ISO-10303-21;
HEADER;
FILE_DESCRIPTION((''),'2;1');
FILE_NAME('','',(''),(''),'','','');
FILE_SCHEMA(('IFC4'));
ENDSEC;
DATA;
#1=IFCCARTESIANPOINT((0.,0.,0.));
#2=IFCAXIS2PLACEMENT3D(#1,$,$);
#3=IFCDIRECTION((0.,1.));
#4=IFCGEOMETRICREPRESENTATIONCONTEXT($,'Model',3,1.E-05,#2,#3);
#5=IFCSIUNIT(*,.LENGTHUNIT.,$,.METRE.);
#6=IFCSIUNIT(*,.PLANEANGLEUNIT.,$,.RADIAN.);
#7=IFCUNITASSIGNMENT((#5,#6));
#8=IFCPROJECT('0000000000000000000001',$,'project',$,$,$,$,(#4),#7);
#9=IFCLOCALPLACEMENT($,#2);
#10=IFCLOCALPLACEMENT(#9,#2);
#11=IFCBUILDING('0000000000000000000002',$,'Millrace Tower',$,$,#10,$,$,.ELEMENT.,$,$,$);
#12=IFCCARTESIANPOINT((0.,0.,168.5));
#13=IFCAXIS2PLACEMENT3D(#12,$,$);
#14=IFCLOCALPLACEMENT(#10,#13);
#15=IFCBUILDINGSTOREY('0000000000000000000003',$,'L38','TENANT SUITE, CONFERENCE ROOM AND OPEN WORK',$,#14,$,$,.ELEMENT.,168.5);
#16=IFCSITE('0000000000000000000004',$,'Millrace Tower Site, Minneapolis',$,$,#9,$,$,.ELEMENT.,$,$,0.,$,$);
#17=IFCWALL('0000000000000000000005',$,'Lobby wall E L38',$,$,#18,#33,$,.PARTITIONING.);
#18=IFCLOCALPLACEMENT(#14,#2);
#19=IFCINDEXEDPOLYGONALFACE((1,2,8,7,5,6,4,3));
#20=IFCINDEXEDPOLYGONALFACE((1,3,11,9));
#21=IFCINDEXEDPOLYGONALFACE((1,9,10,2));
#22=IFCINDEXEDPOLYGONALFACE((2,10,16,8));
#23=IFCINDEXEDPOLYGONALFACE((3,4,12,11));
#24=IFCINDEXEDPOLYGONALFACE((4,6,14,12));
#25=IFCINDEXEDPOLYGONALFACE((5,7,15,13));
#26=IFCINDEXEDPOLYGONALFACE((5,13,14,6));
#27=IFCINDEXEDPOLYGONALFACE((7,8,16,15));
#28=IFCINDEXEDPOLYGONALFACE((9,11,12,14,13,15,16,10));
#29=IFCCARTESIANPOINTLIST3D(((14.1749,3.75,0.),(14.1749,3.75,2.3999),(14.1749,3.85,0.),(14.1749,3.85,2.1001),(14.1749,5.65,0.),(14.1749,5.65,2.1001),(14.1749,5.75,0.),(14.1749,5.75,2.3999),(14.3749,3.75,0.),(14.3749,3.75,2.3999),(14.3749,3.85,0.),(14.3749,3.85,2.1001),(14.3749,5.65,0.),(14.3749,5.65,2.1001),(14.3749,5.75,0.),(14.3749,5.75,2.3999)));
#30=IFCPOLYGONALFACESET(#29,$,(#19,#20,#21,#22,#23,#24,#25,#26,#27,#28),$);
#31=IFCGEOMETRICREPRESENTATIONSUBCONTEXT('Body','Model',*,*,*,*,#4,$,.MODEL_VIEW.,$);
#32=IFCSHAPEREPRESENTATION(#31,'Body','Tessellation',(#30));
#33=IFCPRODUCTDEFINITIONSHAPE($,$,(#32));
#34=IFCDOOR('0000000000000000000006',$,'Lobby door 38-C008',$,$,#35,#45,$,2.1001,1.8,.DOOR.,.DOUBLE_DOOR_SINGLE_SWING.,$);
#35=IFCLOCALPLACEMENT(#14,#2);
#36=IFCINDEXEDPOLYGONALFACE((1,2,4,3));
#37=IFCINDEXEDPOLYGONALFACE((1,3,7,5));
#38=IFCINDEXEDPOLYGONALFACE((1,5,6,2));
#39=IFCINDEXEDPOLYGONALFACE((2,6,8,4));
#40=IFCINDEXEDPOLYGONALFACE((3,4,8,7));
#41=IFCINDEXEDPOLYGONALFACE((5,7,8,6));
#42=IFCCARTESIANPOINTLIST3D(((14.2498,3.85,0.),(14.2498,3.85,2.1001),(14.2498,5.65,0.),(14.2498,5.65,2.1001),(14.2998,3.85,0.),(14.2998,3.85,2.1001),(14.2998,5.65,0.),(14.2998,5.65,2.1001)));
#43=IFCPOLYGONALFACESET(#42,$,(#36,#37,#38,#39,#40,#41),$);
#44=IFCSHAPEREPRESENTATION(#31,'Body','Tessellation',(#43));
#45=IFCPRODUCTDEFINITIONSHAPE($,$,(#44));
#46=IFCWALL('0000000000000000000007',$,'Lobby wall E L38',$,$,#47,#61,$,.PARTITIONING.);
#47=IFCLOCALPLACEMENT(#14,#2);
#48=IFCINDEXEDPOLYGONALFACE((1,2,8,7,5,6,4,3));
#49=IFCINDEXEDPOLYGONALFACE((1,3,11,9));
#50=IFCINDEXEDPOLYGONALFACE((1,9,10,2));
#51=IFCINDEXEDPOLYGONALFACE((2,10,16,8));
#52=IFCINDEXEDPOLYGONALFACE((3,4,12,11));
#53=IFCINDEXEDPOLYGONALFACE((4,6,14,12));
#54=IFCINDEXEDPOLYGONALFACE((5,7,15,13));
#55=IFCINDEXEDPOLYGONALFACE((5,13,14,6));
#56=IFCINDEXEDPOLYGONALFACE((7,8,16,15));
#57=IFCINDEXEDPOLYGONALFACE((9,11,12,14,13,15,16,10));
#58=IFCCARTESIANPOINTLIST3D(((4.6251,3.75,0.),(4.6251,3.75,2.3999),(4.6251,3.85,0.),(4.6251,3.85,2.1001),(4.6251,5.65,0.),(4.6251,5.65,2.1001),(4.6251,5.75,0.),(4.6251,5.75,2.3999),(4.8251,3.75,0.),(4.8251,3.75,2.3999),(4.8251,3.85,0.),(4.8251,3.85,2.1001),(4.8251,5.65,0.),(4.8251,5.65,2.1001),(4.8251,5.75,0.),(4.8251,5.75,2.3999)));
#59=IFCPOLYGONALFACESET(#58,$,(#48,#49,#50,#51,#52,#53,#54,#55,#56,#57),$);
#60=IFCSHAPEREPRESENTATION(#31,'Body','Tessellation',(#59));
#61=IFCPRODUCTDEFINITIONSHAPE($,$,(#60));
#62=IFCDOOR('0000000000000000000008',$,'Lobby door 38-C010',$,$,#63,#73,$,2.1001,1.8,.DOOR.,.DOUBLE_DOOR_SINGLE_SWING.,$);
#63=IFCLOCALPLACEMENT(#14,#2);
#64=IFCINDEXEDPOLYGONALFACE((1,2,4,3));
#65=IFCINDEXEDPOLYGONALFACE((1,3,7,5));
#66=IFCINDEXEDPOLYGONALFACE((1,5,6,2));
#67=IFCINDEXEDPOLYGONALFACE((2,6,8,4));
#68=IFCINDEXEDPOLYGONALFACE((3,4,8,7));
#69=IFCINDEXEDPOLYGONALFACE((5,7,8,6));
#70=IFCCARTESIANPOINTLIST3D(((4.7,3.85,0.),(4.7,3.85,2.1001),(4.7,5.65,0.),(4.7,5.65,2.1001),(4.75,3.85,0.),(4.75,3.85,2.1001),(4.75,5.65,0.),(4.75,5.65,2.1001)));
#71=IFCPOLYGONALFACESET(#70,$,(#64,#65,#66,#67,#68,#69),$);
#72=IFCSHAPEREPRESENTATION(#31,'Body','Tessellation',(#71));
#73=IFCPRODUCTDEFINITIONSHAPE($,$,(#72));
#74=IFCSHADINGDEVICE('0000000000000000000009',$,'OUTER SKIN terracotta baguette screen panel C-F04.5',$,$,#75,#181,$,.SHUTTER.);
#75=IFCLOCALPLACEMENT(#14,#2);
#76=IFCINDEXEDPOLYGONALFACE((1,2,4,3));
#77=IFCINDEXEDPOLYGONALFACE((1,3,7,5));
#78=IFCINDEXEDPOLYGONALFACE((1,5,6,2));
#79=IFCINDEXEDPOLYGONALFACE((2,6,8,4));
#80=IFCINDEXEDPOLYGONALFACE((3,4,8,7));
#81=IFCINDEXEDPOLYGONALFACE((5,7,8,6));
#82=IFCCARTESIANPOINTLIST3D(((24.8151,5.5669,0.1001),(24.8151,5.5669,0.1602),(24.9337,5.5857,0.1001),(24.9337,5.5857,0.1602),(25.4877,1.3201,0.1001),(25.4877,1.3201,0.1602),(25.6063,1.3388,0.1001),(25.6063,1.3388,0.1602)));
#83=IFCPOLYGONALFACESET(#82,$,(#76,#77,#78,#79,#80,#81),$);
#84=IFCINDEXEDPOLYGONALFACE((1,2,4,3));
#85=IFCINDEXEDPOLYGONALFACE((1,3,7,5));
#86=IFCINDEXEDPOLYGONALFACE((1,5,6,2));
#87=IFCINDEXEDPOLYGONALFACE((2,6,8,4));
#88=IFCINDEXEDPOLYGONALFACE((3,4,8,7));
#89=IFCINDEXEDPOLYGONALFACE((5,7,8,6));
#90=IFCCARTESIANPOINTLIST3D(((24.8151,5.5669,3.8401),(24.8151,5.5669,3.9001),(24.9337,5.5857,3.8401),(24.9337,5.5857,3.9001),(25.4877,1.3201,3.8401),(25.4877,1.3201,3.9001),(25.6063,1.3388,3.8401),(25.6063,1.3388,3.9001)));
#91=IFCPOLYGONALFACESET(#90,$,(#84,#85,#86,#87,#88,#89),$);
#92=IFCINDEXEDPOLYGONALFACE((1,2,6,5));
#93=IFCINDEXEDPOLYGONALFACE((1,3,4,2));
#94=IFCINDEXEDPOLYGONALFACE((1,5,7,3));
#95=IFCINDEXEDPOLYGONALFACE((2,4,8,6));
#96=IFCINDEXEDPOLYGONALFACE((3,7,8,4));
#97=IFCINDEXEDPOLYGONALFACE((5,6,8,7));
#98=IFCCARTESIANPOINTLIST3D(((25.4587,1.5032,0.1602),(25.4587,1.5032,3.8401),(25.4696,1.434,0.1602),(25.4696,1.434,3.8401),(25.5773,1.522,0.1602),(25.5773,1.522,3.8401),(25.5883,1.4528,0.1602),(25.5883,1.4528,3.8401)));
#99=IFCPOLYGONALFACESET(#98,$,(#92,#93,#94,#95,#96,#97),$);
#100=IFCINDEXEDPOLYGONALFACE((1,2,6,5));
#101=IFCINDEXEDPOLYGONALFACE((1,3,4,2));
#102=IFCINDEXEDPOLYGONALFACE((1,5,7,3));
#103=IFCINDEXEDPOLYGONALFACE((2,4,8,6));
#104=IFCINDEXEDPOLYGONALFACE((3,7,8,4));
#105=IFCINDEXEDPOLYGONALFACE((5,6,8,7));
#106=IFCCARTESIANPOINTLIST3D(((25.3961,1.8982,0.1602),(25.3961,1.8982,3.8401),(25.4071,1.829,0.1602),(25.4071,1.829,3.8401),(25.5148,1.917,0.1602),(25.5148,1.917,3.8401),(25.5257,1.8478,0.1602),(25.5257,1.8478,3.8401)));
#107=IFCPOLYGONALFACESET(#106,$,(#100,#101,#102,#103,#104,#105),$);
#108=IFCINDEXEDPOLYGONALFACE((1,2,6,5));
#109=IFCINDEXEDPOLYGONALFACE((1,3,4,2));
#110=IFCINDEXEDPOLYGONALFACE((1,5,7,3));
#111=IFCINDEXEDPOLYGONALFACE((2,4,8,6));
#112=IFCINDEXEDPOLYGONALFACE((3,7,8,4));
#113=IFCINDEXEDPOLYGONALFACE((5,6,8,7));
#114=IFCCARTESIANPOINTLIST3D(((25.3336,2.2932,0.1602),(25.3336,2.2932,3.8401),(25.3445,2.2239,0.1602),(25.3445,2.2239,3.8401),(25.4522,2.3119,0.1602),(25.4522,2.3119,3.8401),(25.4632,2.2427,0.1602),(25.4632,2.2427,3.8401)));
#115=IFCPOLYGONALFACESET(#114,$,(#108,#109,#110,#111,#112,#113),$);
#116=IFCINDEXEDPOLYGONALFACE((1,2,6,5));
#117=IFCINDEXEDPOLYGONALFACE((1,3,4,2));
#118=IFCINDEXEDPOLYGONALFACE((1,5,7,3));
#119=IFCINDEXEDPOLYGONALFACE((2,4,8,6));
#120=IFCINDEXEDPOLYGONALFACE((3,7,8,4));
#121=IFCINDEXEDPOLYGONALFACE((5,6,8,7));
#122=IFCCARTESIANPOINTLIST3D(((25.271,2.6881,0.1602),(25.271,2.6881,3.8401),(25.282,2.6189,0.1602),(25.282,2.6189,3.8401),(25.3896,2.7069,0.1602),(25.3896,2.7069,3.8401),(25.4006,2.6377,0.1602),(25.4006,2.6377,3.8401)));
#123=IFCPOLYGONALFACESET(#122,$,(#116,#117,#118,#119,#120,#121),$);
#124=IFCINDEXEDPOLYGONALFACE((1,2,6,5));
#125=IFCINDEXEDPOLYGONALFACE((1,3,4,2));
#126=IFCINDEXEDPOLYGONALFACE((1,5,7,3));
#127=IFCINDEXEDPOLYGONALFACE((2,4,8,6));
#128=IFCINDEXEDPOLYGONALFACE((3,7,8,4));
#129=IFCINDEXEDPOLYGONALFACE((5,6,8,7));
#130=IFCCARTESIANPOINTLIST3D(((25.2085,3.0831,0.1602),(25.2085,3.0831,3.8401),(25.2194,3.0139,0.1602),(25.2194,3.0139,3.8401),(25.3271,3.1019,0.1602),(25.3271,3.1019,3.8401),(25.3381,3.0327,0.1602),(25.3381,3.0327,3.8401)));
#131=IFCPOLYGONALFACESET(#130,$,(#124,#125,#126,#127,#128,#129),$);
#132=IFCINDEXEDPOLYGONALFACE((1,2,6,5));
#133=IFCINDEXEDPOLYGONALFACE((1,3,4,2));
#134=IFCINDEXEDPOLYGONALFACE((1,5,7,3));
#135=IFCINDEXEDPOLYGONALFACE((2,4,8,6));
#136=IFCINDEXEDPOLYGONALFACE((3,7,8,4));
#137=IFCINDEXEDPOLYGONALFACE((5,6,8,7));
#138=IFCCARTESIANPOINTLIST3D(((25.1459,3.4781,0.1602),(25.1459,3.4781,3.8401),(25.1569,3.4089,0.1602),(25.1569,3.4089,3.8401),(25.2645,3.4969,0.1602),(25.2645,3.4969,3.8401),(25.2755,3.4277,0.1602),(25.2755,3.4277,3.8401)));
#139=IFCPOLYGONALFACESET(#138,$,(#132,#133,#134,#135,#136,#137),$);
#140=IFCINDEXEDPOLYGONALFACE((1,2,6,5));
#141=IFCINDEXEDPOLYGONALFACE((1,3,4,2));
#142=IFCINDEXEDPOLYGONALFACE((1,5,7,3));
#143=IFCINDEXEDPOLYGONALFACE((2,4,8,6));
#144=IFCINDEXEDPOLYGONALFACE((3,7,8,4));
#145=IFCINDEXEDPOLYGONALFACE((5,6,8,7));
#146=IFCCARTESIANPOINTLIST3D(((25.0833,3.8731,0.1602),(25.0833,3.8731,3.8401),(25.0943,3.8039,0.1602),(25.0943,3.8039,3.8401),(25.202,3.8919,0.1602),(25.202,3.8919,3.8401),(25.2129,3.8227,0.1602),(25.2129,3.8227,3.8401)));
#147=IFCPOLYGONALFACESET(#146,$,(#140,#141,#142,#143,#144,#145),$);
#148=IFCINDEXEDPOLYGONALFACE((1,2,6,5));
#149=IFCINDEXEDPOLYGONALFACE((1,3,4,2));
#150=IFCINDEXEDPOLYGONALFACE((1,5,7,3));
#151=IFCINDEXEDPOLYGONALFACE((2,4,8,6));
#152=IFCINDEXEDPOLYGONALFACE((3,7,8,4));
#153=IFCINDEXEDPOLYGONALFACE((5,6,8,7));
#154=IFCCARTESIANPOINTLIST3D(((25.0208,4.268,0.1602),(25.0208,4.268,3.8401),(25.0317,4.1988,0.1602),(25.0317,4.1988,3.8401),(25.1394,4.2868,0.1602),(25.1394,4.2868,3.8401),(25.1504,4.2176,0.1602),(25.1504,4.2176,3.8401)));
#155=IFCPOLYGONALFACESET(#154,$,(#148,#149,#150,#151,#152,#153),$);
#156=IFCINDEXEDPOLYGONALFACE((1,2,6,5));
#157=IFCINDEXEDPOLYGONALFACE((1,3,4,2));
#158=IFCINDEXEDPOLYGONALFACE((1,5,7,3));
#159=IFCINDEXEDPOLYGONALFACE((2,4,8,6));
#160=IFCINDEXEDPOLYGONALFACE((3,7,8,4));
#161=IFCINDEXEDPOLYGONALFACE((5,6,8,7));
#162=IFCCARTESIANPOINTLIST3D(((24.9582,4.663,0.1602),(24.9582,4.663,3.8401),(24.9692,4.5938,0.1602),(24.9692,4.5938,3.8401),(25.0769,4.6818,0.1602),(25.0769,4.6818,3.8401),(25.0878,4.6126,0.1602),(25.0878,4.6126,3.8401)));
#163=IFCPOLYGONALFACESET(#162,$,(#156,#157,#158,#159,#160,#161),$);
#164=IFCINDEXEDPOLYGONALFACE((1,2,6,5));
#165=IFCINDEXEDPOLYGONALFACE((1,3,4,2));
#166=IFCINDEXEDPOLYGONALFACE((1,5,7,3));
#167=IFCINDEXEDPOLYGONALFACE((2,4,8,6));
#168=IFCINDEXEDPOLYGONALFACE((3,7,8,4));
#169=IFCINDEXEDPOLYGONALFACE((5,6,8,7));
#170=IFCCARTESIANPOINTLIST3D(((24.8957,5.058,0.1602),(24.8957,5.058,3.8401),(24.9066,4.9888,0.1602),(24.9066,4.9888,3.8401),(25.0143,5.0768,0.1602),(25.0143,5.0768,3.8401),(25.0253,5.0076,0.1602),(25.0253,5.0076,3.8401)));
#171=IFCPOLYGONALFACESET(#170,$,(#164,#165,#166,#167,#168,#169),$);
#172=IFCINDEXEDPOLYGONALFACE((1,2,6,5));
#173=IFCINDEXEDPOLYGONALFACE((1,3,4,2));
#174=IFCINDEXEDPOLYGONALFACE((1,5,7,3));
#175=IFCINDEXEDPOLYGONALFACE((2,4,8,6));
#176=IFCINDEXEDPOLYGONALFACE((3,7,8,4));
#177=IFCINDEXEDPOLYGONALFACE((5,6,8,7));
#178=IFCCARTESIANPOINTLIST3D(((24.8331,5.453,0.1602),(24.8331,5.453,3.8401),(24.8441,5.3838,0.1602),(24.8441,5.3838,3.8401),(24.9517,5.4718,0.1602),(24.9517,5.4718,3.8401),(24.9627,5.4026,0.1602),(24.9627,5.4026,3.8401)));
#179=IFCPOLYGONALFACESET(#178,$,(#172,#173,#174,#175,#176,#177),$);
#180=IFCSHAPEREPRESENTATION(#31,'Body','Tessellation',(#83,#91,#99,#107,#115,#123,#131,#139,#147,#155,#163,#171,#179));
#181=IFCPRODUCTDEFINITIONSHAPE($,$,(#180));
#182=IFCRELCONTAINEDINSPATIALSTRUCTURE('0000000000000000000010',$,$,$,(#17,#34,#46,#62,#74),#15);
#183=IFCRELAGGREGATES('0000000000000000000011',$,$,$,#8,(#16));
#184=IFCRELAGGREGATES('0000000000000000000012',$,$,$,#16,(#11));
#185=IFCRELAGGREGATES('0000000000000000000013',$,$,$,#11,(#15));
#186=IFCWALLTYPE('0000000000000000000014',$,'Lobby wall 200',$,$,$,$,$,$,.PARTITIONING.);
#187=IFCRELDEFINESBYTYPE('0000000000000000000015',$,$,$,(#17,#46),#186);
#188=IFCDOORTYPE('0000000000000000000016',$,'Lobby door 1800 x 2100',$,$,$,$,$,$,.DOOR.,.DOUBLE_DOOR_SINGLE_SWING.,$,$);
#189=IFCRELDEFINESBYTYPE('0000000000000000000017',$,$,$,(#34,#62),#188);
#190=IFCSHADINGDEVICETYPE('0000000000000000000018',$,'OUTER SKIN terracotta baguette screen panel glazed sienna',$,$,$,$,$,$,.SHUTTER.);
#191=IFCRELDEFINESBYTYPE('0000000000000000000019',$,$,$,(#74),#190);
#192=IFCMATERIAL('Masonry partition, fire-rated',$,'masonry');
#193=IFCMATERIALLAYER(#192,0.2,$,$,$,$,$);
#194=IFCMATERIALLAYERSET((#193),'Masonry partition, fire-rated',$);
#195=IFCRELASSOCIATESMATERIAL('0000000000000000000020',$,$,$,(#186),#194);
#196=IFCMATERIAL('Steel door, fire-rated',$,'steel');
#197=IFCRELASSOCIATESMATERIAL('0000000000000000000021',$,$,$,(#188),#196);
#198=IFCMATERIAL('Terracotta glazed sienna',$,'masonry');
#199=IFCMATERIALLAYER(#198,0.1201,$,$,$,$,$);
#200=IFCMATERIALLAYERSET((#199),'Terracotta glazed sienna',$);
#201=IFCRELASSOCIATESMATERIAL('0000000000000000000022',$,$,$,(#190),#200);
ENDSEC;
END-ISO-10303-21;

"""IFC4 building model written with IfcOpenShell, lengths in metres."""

from ifc_helpers import new_model, entity, si_unit, direction, frame, frame_2d, origin, origin_2d, place, context, subcontext, project, spatial, rectangle, extrude, source, transform, mapped, material, layer, layer_set, type_object, element, fill, save


model = new_model("IFC4")

# Units and contexts
model_context = context("Model", 3, precision=1e-05, world=origin(), true_north=direction((0.0, 1.0)))
body_context = subcontext(model_context, "Body", "Model", "MODEL_VIEW")
ifc_project = project(units=[si_unit("LENGTHUNIT", "METRE"), si_unit("PLANEANGLEUNIT", "RADIAN")], contexts=[model_context])

# Site, building, storey
site_placement = place(None, origin())
site = spatial("IfcSite", under=ifc_project, at=site_placement, Name="Millrace Tower Site, Minneapolis", CompositionType="ELEMENT", RefElevation=0.0)
building_placement = place(site_placement, origin())
building = spatial("IfcBuilding", under=site, at=building_placement, Name="Millrace Tower", CompositionType="ELEMENT")
storey_placement = place(building_placement, frame((0.0, 0.0, 168.5)))
storey = spatial("IfcBuildingStorey", under=building, at=storey_placement, Name="L38", Description="TENANT SUITE, CONFERENCE ROOM AND OPEN WORK", CompositionType="ELEMENT", Elevation=168.5)

# Walls, openings, doors
ifc_material_1 = material(Name="Masonry partition, fire-rated", Category="masonry")
ifc_layer_1 = layer(ifc_material_1, 0.2)
ifc_layer_set_1 = layer_set([ifc_layer_1], Name="Masonry partition, fire-rated")
wall_type_1 = type_object("IfcWallType", Name="Lobby wall 200", PredefinedType="PARTITIONING", material=ifc_layer_set_1)
wall_1_placement = place(storey_placement, frame((14.2749, 5.75, 0.0), z_axis=(0.0, 0.0, 1.0), x_axis=(0.0, -1.0, 0.0)))
wall_1 = element("IfcWall", 1, at=wall_1_placement, inside=storey, type_object=wall_type_1, Name="Lobby wall E L38", PredefinedType="PARTITIONING", context=body_context, shape_type="SweptSolid", body=[
    extrude(rectangle(XDim=2.0, YDim=0.2, at=frame_2d((1.0, 0.0))), origin(), (0.0, 0.0, 1.0), 2.3999),
])
opening_1_placement = place(wall_1_placement, frame((0.1001, 0.0, 0.0)))
opening_1 = element("IfcOpeningElement", 2, at=opening_1_placement, cuts=wall_1, PredefinedType="OPENING", context=body_context, shape_type="SweptSolid", body=[
    extrude(rectangle(XDim=1.8, YDim=2.1001, at=frame_2d((0.8999, 1.05))), frame((0.0, 0.1099, 0.0), z_axis=(0.0, -1.0, 0.0), x_axis=(1.0, 0.0, 0.0)), (0.0, 0.0, 1.0), 0.22),
])
ifc_material_2 = material(Name="Steel door, fire-rated", Category="steel")
door_type_1 = type_object("IfcDoorType", Name="Lobby door 1800 x 2100", OperationType="DOUBLE_DOOR_SINGLE_SWING", PredefinedType="DOOR", material=ifc_material_2)
door_1_placement = place(opening_1_placement, origin())
door_1 = element("IfcDoor", 3, at=door_1_placement, inside=storey, type_object=door_type_1, Name="Lobby door 38-C008", OperationType="DOUBLE_DOOR_SINGLE_SWING", OverallHeight=2.1001, OverallWidth=1.8, PredefinedType="DOOR", context=body_context, shape_type="SweptSolid", body=[
    extrude(rectangle(XDim=1.8, YDim=2.1001, at=frame_2d((0.8999, 1.05))), frame((0.0, 0.0249, 0.0), z_axis=(0.0, -1.0, 0.0), x_axis=(1.0, 0.0, 0.0)), (0.0, 0.0, 1.0), 0.05),
])
fill(opening_1, door_1)
wall_2_placement = place(storey_placement, frame((4.7251, 5.75, 0.0), z_axis=(0.0, 0.0, 1.0), x_axis=(0.0, -1.0, 0.0)))
wall_2 = element("IfcWall", 4, at=wall_2_placement, inside=storey, type_object=wall_type_1, Name="Lobby wall E L38", PredefinedType="PARTITIONING", context=body_context, shape_type="SweptSolid", body=[
    extrude(rectangle(XDim=2.0, YDim=0.2, at=frame_2d((1.0, 0.0))), origin(), (0.0, 0.0, 1.0), 2.3999),
])
opening_2_placement = place(wall_2_placement, frame((0.1001, 0.0, 0.0)))
opening_2 = element("IfcOpeningElement", 5, at=opening_2_placement, cuts=wall_2, PredefinedType="OPENING", context=body_context, shape_type="SweptSolid", body=[
    extrude(rectangle(XDim=1.8, YDim=2.1001, at=frame_2d((0.8999, 1.05))), frame((0.0, 0.1099, 0.0), z_axis=(0.0, -1.0, 0.0), x_axis=(1.0, 0.0, 0.0)), (0.0, 0.0, 1.0), 0.22),
])
door_2_placement = place(opening_2_placement, origin())
door_2 = element("IfcDoor", 6, at=door_2_placement, inside=storey, type_object=door_type_1, Name="Lobby door 38-C010", OperationType="DOUBLE_DOOR_SINGLE_SWING", OverallHeight=2.1001, OverallWidth=1.8, PredefinedType="DOOR", context=body_context, shape_type="SweptSolid", body=[
    extrude(rectangle(XDim=1.8, YDim=2.1001, at=frame_2d((0.8999, 1.05))), frame((0.0, 0.0249, 0.0), z_axis=(0.0, -1.0, 0.0), x_axis=(1.0, 0.0, 0.0)), (0.0, 0.0, 1.0), 0.05),
])
fill(opening_2, door_2)

# Shading device
ifc_material_3 = material(Name="Terracotta glazed sienna", Category="masonry")
ifc_layer_2 = layer(ifc_material_3, 0.1201)
ifc_layer_set_2 = layer_set([ifc_layer_2], Name="Terracotta glazed sienna")
shading_device_type = type_object("IfcShadingDeviceType", Name="OUTER SKIN terracotta baguette screen panel glazed sienna", PredefinedType="SHUTTER", material=ifc_layer_set_2)
cartesian_point = entity("IfcCartesianPoint", [-2.1499, 0.0601])
shared_polyline = entity("IfcPolyline", [cartesian_point, entity("IfcCartesianPoint", [2.1499, 0.0601]), entity("IfcCartesianPoint", [2.1499, -0.0601]), entity("IfcCartesianPoint", [-2.1499, -0.0601]), cartesian_point])
shared_shape = source(origin(), body_context, "Body", "SweptSolid", [
    entity("IfcExtrudedAreaSolid", entity("IfcArbitraryClosedProfileDef", "AREA", None, shared_polyline), entity("IfcAxis2Placement3D", entity("IfcCartesianPoint", [0.0, 0.0, 0.0])), entity("IfcDirection", [0.0, 0.0, 1.0]), 0.0601),
    entity("IfcExtrudedAreaSolid", entity("IfcArbitraryClosedProfileDef", "AREA", None, shared_polyline), entity("IfcAxis2Placement3D", entity("IfcCartesianPoint", [0.0, 0.0, 3.74])), entity("IfcDirection", [0.0, 0.0, 1.0]), 0.0601),
    extrude(rectangle(XDim=0.0701, YDim=0.1201, at=frame_2d((-1.9995, 0.0))), frame((0.0, 0.0, 0.0601)), (0.0, 0.0, 1.0), 3.6799),
    extrude(rectangle(XDim=0.0701, YDim=0.1201, at=frame_2d((-1.5996, 0.0))), frame((0.0, 0.0, 0.0601)), (0.0, 0.0, 1.0), 3.6799),
    extrude(rectangle(XDim=0.0701, YDim=0.1201, at=frame_2d((-1.1997, 0.0))), frame((0.0, 0.0, 0.0601)), (0.0, 0.0, 1.0), 3.6799),
    extrude(rectangle(XDim=0.0701, YDim=0.1201, at=frame_2d((-0.7998, 0.0))), frame((0.0, 0.0, 0.0601)), (0.0, 0.0, 1.0), 3.6799),
    extrude(rectangle(XDim=0.0701, YDim=0.1201, at=frame_2d((-0.3999, 0.0))), frame((0.0, 0.0, 0.0601)), (0.0, 0.0, 1.0), 3.6799),
    extrude(rectangle(XDim=0.0701, YDim=0.1201, at=origin_2d()), frame((0.0, 0.0, 0.0601)), (0.0, 0.0, 1.0), 3.6799),
    extrude(rectangle(XDim=0.0701, YDim=0.1201, at=frame_2d((0.3999, 0.0))), frame((0.0, 0.0, 0.0601)), (0.0, 0.0, 1.0), 3.6799),
    extrude(rectangle(XDim=0.0701, YDim=0.1201, at=frame_2d((0.7998, 0.0))), frame((0.0, 0.0, 0.0601)), (0.0, 0.0, 1.0), 3.6799),
    extrude(rectangle(XDim=0.0701, YDim=0.1201, at=frame_2d((1.1997, 0.0))), frame((0.0, 0.0, 0.0601)), (0.0, 0.0, 1.0), 3.6799),
    extrude(rectangle(XDim=0.0701, YDim=0.1201, at=frame_2d((1.5996, 0.0))), frame((0.0, 0.0, 0.0601)), (0.0, 0.0, 1.0), 3.6799),
    extrude(rectangle(XDim=0.0701, YDim=0.1201, at=frame_2d((1.9995, 0.0))), frame((0.0, 0.0, 0.0601)), (0.0, 0.0, 1.0), 3.6799),
])
for number, where, z_axis, x_axis, name in (
    (7, (25.2107, 3.4529, 0.1001), (0.0, 0.0, 1.0), (-0.156434, 0.987688, 0.0), "OUTER SKIN terracotta baguette screen panel C-F04.5"),
):
    element("IfcShadingDevice", number, at=place(storey_placement, frame(where, z_axis=z_axis, x_axis=x_axis)), inside=storey, type_object=shading_device_type, Name=name, PredefinedType="SHUTTER", context=body_context, shape_type="MappedRepresentation", body=[
        mapped(shared_shape, transform((0.0, 0.0, 0.0), scale=1.0)),
    ])

save(model, "model.ifc")
